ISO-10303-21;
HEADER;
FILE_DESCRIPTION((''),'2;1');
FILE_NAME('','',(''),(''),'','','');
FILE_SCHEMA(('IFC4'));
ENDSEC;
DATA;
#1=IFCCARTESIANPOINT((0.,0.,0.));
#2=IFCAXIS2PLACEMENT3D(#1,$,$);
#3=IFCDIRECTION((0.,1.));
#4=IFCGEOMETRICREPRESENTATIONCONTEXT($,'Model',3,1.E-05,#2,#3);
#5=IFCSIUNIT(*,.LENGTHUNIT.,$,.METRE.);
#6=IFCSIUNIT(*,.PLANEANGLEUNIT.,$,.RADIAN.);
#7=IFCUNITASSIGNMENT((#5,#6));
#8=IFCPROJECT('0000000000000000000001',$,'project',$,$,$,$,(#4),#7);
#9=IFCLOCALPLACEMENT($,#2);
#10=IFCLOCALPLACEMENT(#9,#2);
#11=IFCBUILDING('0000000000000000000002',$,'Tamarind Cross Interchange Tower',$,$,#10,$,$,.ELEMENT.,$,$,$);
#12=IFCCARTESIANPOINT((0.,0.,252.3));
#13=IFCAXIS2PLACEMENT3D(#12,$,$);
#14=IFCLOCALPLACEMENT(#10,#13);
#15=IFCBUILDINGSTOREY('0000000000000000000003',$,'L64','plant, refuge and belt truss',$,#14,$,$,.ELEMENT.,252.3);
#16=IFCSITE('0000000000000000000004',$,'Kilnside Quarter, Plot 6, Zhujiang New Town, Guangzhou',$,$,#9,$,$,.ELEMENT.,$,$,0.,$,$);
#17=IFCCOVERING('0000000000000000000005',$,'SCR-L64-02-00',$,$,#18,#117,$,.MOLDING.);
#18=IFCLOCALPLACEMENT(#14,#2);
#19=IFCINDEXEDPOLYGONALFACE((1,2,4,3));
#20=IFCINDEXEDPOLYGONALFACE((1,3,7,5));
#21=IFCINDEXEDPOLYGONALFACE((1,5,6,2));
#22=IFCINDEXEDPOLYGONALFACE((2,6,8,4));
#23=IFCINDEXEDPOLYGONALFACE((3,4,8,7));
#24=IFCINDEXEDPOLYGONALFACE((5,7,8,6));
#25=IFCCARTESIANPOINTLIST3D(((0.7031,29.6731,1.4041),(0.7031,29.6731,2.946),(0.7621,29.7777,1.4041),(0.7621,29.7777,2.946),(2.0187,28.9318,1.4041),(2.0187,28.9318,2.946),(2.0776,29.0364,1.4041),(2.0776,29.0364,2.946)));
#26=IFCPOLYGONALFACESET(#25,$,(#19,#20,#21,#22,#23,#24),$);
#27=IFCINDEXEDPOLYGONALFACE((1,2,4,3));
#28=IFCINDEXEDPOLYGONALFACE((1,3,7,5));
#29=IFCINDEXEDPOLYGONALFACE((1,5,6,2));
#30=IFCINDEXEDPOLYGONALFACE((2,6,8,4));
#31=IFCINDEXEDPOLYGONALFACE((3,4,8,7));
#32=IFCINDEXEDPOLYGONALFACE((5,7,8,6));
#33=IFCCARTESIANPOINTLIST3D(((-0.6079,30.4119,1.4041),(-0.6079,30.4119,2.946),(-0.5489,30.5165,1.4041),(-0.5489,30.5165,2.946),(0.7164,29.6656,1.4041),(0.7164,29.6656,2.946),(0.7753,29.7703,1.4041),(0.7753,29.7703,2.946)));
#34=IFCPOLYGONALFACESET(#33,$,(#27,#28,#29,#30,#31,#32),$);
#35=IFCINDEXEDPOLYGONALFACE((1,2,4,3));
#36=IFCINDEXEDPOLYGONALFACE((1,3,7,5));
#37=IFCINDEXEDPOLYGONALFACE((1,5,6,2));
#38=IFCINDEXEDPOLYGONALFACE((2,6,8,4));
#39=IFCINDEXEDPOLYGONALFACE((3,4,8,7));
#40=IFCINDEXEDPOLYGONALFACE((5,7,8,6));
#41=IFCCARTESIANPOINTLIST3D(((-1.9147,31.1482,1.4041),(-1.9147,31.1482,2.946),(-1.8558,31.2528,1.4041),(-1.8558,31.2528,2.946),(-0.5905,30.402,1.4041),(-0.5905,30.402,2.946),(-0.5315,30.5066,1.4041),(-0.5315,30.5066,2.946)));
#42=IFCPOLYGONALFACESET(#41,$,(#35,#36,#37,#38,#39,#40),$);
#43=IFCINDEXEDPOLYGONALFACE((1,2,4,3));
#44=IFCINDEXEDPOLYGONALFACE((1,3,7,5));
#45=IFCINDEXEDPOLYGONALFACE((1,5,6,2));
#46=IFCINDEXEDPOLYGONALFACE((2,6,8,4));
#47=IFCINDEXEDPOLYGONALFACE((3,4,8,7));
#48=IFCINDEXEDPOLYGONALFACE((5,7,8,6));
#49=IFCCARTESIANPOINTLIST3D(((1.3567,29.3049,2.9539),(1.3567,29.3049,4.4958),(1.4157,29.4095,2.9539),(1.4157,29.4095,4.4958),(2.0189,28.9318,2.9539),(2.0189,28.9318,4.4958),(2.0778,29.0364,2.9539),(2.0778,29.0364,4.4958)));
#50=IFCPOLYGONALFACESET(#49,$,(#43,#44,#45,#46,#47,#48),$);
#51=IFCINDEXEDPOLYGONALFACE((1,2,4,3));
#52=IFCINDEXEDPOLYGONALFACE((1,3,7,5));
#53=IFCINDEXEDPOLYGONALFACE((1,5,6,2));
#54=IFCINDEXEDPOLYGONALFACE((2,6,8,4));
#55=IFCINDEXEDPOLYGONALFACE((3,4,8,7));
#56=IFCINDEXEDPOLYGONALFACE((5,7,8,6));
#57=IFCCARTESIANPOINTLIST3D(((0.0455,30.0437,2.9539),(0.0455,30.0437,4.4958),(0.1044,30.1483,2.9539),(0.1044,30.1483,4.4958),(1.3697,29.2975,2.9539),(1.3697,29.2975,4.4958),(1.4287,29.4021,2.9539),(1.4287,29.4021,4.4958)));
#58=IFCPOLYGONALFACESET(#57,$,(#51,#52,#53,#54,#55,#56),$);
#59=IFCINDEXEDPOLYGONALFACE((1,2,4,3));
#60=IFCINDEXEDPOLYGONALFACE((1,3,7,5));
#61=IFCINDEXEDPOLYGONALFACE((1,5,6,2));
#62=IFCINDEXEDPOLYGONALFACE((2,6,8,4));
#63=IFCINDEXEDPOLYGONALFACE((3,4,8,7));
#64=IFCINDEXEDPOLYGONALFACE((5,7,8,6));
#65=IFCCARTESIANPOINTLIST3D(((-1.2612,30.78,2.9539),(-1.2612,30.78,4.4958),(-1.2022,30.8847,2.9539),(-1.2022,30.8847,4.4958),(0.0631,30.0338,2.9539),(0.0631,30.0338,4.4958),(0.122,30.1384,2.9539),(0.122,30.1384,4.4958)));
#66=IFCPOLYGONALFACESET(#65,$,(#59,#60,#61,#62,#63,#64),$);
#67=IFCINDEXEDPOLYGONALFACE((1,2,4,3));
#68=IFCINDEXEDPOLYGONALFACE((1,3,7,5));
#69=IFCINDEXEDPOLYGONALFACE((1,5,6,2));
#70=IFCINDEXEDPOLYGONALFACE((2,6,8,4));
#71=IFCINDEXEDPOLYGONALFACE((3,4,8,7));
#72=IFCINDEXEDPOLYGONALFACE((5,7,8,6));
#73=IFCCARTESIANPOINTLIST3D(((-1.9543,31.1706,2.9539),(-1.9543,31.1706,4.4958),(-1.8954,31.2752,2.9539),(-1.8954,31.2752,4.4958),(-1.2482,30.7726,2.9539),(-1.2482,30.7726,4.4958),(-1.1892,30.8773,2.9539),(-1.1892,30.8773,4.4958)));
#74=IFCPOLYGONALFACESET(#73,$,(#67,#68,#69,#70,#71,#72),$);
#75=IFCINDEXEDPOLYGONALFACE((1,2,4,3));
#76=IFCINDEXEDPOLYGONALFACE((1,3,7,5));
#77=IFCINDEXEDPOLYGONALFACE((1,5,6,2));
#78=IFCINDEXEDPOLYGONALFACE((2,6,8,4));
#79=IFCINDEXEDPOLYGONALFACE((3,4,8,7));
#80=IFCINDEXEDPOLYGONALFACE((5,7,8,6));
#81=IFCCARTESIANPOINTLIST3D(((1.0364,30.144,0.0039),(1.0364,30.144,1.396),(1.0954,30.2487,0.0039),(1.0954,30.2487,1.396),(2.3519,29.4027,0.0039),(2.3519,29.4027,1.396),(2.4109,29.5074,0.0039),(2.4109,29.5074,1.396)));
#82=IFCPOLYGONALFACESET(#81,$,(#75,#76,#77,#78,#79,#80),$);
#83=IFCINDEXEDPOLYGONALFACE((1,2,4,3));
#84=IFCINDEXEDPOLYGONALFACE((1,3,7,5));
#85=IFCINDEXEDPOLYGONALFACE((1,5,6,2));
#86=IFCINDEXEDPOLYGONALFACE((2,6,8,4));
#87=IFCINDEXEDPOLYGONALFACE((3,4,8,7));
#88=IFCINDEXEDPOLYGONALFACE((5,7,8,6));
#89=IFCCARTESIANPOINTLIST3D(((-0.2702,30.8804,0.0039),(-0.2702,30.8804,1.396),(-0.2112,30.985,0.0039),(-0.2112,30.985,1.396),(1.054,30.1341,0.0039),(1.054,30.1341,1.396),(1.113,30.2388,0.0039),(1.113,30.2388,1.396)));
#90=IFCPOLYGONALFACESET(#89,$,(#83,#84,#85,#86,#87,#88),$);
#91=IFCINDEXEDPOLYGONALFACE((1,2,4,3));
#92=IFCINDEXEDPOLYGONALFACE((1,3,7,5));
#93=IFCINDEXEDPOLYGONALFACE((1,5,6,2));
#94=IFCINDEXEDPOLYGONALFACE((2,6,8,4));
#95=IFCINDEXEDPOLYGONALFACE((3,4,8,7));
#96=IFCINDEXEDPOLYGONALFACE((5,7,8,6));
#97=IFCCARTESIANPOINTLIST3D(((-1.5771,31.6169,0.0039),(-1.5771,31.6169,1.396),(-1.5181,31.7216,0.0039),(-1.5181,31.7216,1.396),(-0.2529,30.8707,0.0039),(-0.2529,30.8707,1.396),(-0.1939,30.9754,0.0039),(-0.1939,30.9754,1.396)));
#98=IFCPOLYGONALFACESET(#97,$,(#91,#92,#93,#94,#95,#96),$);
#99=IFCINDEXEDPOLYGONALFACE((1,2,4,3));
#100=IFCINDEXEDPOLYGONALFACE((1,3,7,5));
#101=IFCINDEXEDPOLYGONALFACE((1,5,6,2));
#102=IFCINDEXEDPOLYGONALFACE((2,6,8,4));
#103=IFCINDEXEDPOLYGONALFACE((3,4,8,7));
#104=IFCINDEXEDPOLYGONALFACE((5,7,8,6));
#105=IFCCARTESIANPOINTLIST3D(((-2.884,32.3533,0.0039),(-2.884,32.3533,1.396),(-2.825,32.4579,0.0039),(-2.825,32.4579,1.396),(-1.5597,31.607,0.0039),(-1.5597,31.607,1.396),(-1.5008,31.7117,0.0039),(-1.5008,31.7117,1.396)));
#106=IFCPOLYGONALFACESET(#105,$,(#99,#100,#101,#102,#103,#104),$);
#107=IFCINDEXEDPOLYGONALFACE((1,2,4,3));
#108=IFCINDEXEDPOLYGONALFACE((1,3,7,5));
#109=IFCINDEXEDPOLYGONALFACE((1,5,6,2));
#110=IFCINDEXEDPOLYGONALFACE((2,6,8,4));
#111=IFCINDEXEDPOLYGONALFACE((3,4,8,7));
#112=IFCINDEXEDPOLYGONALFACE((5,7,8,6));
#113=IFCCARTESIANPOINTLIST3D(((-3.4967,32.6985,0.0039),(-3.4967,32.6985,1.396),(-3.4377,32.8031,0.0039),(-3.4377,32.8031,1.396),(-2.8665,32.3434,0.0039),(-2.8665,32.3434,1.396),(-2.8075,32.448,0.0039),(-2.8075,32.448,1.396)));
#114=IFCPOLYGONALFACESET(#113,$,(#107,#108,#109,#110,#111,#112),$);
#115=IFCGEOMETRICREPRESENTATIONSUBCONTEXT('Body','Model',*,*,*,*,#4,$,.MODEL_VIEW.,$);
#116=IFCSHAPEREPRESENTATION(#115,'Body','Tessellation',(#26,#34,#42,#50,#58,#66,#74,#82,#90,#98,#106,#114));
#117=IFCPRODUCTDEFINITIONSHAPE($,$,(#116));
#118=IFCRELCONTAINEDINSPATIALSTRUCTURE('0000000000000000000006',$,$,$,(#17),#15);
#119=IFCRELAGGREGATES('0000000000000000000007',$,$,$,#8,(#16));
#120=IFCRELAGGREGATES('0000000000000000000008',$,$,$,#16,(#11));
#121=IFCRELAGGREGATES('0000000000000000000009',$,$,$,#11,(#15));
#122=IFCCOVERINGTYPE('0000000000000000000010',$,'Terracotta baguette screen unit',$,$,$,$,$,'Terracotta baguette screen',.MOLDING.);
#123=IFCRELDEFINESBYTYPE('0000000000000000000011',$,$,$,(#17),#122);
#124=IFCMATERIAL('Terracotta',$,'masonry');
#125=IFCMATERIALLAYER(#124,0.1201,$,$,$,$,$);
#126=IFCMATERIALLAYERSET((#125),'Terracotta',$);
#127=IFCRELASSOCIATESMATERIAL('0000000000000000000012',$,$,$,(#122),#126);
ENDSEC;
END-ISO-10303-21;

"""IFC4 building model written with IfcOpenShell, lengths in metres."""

from ifc_helpers import new_model, si_unit, direction, frame, origin, origin_2d, place, context, subcontext, project, spatial, rectangle, extrude, material, layer, layer_set, type_object, element, save


model = new_model("IFC4")

# Units and contexts
model_context = context("Model", 3, precision=1e-05, world=origin(), true_north=direction((0.0, 1.0)))
body_context = subcontext(model_context, "Body", "Model", "MODEL_VIEW")
ifc_project = project(units=[si_unit("LENGTHUNIT", "METRE"), si_unit("PLANEANGLEUNIT", "RADIAN")], contexts=[model_context])

# Site, building, storey
site_placement = place(None, origin())
site = spatial("IfcSite", under=ifc_project, at=site_placement, Name="Kilnside Quarter, Plot 6, Zhujiang New Town, Guangzhou", CompositionType="ELEMENT", RefElevation=0.0)
building_placement = place(site_placement, origin())
building = spatial("IfcBuilding", under=site, at=building_placement, Name="Tamarind Cross Interchange Tower", CompositionType="ELEMENT")
storey_placement = place(building_placement, frame((0.0, 0.0, 252.3)))
storey = spatial("IfcBuildingStorey", under=building, at=storey_placement, Name="L64", Description="plant, refuge and belt truss", CompositionType="ELEMENT", Elevation=252.3)

# Covering
ifc_material_1 = material(Name="Terracotta", Category="masonry")
ifc_layer_1 = layer(ifc_material_1, 0.1201)
ifc_layer_set_1 = layer_set([ifc_layer_1], Name="Terracotta")
covering_type = type_object("IfcCoveringType", Name="Terracotta baguette screen unit", ElementType="Terracotta baguette screen", PredefinedType="MOLDING", material=ifc_layer_set_1)
covering_1_placement = place(storey_placement, origin())
element("IfcCovering", 1, at=covering_1_placement, inside=storey, type_object=covering_type, Name="SCR-L64-02-00", PredefinedType="MOLDING", context=body_context, shape_type="SweptSolid", body=[
    extrude(rectangle(XDim=1.51, YDim=0.1201, at=origin_2d()), frame((1.3904, 29.3547, 1.4041), z_axis=(0.0, 0.0, 1.0), x_axis=(-0.8712, 0.490928, 0.0)), (0.0, 0.0, 1.0), 1.542),
    extrude(rectangle(XDim=1.52, YDim=0.1201, at=origin_2d()), frame((0.0837, 30.0911, 1.4041), z_axis=(0.0, 0.0, 1.0), x_axis=(-0.8712, 0.490928, 0.0)), (0.0, 0.0, 1.0), 1.542),
    extrude(rectangle(XDim=1.52, YDim=0.1201, at=origin_2d()), frame((-1.2231, 30.8274, 1.4041), z_axis=(0.0, 0.0, 1.0), x_axis=(-0.8712, 0.490928, 0.0)), (0.0, 0.0, 1.0), 1.542),
    extrude(rectangle(XDim=0.76, YDim=0.1201, at=origin_2d()), frame((1.7173, 29.1707, 2.9539), z_axis=(0.0, 0.0, 1.0), x_axis=(-0.8712, 0.490928, 0.0)), (0.0, 0.0, 1.0), 1.542),
    extrude(rectangle(XDim=1.52, YDim=0.1201, at=origin_2d()), frame((0.7371, 29.7229, 2.9539), z_axis=(0.0, 0.0, 1.0), x_axis=(-0.8712, 0.490928, 0.0)), (0.0, 0.0, 1.0), 1.542),
    extrude(rectangle(XDim=1.52, YDim=0.1201, at=origin_2d()), frame((-0.5696, 30.4592, 2.9539), z_axis=(0.0, 0.0, 1.0), x_axis=(-0.8712, 0.490928, 0.0)), (0.0, 0.0, 1.0), 1.542),
    extrude(rectangle(XDim=0.8105, YDim=0.1201, at=origin_2d()), frame((-1.5718, 31.0239, 2.9539), z_axis=(0.0, 0.0, 1.0), x_axis=(-0.8712, 0.490928, 0.0)), (0.0, 0.0, 1.0), 1.542),
    extrude(rectangle(XDim=1.51, YDim=0.1201, at=origin_2d()), frame((1.7236, 29.8257, 0.0039), z_axis=(0.0, 0.0, 1.0), x_axis=(-0.8712, 0.490928, 0.0)), (0.0, 0.0, 1.0), 1.3921),
    extrude(rectangle(XDim=1.52, YDim=0.1201, at=origin_2d()), frame((0.4214, 30.5596, 0.0039), z_axis=(0.0, 0.0, 1.0), x_axis=(-0.8712, 0.490928, 0.0)), (0.0, 0.0, 1.0), 1.3921),
    extrude(rectangle(XDim=1.52, YDim=0.1201, at=origin_2d()), frame((-0.8855, 31.2961, 0.0039), z_axis=(0.0, 0.0, 1.0), x_axis=(-0.8712, 0.490928, 0.0)), (0.0, 0.0, 1.0), 1.3921),
    extrude(rectangle(XDim=1.52, YDim=0.1201, at=origin_2d()), frame((-2.1924, 32.0325, 0.0039), z_axis=(0.0, 0.0, 1.0), x_axis=(-0.8712, 0.490928, 0.0)), (0.0, 0.0, 1.0), 1.3921),
    extrude(rectangle(XDim=0.7234, YDim=0.1201, at=origin_2d()), frame((-3.1521, 32.5732, 0.0039), z_axis=(0.0, 0.0, 1.0), x_axis=(-0.8712, 0.490928, 0.0)), (0.0, 0.0, 1.0), 1.3921),
])

save(model, "model.ifc")
